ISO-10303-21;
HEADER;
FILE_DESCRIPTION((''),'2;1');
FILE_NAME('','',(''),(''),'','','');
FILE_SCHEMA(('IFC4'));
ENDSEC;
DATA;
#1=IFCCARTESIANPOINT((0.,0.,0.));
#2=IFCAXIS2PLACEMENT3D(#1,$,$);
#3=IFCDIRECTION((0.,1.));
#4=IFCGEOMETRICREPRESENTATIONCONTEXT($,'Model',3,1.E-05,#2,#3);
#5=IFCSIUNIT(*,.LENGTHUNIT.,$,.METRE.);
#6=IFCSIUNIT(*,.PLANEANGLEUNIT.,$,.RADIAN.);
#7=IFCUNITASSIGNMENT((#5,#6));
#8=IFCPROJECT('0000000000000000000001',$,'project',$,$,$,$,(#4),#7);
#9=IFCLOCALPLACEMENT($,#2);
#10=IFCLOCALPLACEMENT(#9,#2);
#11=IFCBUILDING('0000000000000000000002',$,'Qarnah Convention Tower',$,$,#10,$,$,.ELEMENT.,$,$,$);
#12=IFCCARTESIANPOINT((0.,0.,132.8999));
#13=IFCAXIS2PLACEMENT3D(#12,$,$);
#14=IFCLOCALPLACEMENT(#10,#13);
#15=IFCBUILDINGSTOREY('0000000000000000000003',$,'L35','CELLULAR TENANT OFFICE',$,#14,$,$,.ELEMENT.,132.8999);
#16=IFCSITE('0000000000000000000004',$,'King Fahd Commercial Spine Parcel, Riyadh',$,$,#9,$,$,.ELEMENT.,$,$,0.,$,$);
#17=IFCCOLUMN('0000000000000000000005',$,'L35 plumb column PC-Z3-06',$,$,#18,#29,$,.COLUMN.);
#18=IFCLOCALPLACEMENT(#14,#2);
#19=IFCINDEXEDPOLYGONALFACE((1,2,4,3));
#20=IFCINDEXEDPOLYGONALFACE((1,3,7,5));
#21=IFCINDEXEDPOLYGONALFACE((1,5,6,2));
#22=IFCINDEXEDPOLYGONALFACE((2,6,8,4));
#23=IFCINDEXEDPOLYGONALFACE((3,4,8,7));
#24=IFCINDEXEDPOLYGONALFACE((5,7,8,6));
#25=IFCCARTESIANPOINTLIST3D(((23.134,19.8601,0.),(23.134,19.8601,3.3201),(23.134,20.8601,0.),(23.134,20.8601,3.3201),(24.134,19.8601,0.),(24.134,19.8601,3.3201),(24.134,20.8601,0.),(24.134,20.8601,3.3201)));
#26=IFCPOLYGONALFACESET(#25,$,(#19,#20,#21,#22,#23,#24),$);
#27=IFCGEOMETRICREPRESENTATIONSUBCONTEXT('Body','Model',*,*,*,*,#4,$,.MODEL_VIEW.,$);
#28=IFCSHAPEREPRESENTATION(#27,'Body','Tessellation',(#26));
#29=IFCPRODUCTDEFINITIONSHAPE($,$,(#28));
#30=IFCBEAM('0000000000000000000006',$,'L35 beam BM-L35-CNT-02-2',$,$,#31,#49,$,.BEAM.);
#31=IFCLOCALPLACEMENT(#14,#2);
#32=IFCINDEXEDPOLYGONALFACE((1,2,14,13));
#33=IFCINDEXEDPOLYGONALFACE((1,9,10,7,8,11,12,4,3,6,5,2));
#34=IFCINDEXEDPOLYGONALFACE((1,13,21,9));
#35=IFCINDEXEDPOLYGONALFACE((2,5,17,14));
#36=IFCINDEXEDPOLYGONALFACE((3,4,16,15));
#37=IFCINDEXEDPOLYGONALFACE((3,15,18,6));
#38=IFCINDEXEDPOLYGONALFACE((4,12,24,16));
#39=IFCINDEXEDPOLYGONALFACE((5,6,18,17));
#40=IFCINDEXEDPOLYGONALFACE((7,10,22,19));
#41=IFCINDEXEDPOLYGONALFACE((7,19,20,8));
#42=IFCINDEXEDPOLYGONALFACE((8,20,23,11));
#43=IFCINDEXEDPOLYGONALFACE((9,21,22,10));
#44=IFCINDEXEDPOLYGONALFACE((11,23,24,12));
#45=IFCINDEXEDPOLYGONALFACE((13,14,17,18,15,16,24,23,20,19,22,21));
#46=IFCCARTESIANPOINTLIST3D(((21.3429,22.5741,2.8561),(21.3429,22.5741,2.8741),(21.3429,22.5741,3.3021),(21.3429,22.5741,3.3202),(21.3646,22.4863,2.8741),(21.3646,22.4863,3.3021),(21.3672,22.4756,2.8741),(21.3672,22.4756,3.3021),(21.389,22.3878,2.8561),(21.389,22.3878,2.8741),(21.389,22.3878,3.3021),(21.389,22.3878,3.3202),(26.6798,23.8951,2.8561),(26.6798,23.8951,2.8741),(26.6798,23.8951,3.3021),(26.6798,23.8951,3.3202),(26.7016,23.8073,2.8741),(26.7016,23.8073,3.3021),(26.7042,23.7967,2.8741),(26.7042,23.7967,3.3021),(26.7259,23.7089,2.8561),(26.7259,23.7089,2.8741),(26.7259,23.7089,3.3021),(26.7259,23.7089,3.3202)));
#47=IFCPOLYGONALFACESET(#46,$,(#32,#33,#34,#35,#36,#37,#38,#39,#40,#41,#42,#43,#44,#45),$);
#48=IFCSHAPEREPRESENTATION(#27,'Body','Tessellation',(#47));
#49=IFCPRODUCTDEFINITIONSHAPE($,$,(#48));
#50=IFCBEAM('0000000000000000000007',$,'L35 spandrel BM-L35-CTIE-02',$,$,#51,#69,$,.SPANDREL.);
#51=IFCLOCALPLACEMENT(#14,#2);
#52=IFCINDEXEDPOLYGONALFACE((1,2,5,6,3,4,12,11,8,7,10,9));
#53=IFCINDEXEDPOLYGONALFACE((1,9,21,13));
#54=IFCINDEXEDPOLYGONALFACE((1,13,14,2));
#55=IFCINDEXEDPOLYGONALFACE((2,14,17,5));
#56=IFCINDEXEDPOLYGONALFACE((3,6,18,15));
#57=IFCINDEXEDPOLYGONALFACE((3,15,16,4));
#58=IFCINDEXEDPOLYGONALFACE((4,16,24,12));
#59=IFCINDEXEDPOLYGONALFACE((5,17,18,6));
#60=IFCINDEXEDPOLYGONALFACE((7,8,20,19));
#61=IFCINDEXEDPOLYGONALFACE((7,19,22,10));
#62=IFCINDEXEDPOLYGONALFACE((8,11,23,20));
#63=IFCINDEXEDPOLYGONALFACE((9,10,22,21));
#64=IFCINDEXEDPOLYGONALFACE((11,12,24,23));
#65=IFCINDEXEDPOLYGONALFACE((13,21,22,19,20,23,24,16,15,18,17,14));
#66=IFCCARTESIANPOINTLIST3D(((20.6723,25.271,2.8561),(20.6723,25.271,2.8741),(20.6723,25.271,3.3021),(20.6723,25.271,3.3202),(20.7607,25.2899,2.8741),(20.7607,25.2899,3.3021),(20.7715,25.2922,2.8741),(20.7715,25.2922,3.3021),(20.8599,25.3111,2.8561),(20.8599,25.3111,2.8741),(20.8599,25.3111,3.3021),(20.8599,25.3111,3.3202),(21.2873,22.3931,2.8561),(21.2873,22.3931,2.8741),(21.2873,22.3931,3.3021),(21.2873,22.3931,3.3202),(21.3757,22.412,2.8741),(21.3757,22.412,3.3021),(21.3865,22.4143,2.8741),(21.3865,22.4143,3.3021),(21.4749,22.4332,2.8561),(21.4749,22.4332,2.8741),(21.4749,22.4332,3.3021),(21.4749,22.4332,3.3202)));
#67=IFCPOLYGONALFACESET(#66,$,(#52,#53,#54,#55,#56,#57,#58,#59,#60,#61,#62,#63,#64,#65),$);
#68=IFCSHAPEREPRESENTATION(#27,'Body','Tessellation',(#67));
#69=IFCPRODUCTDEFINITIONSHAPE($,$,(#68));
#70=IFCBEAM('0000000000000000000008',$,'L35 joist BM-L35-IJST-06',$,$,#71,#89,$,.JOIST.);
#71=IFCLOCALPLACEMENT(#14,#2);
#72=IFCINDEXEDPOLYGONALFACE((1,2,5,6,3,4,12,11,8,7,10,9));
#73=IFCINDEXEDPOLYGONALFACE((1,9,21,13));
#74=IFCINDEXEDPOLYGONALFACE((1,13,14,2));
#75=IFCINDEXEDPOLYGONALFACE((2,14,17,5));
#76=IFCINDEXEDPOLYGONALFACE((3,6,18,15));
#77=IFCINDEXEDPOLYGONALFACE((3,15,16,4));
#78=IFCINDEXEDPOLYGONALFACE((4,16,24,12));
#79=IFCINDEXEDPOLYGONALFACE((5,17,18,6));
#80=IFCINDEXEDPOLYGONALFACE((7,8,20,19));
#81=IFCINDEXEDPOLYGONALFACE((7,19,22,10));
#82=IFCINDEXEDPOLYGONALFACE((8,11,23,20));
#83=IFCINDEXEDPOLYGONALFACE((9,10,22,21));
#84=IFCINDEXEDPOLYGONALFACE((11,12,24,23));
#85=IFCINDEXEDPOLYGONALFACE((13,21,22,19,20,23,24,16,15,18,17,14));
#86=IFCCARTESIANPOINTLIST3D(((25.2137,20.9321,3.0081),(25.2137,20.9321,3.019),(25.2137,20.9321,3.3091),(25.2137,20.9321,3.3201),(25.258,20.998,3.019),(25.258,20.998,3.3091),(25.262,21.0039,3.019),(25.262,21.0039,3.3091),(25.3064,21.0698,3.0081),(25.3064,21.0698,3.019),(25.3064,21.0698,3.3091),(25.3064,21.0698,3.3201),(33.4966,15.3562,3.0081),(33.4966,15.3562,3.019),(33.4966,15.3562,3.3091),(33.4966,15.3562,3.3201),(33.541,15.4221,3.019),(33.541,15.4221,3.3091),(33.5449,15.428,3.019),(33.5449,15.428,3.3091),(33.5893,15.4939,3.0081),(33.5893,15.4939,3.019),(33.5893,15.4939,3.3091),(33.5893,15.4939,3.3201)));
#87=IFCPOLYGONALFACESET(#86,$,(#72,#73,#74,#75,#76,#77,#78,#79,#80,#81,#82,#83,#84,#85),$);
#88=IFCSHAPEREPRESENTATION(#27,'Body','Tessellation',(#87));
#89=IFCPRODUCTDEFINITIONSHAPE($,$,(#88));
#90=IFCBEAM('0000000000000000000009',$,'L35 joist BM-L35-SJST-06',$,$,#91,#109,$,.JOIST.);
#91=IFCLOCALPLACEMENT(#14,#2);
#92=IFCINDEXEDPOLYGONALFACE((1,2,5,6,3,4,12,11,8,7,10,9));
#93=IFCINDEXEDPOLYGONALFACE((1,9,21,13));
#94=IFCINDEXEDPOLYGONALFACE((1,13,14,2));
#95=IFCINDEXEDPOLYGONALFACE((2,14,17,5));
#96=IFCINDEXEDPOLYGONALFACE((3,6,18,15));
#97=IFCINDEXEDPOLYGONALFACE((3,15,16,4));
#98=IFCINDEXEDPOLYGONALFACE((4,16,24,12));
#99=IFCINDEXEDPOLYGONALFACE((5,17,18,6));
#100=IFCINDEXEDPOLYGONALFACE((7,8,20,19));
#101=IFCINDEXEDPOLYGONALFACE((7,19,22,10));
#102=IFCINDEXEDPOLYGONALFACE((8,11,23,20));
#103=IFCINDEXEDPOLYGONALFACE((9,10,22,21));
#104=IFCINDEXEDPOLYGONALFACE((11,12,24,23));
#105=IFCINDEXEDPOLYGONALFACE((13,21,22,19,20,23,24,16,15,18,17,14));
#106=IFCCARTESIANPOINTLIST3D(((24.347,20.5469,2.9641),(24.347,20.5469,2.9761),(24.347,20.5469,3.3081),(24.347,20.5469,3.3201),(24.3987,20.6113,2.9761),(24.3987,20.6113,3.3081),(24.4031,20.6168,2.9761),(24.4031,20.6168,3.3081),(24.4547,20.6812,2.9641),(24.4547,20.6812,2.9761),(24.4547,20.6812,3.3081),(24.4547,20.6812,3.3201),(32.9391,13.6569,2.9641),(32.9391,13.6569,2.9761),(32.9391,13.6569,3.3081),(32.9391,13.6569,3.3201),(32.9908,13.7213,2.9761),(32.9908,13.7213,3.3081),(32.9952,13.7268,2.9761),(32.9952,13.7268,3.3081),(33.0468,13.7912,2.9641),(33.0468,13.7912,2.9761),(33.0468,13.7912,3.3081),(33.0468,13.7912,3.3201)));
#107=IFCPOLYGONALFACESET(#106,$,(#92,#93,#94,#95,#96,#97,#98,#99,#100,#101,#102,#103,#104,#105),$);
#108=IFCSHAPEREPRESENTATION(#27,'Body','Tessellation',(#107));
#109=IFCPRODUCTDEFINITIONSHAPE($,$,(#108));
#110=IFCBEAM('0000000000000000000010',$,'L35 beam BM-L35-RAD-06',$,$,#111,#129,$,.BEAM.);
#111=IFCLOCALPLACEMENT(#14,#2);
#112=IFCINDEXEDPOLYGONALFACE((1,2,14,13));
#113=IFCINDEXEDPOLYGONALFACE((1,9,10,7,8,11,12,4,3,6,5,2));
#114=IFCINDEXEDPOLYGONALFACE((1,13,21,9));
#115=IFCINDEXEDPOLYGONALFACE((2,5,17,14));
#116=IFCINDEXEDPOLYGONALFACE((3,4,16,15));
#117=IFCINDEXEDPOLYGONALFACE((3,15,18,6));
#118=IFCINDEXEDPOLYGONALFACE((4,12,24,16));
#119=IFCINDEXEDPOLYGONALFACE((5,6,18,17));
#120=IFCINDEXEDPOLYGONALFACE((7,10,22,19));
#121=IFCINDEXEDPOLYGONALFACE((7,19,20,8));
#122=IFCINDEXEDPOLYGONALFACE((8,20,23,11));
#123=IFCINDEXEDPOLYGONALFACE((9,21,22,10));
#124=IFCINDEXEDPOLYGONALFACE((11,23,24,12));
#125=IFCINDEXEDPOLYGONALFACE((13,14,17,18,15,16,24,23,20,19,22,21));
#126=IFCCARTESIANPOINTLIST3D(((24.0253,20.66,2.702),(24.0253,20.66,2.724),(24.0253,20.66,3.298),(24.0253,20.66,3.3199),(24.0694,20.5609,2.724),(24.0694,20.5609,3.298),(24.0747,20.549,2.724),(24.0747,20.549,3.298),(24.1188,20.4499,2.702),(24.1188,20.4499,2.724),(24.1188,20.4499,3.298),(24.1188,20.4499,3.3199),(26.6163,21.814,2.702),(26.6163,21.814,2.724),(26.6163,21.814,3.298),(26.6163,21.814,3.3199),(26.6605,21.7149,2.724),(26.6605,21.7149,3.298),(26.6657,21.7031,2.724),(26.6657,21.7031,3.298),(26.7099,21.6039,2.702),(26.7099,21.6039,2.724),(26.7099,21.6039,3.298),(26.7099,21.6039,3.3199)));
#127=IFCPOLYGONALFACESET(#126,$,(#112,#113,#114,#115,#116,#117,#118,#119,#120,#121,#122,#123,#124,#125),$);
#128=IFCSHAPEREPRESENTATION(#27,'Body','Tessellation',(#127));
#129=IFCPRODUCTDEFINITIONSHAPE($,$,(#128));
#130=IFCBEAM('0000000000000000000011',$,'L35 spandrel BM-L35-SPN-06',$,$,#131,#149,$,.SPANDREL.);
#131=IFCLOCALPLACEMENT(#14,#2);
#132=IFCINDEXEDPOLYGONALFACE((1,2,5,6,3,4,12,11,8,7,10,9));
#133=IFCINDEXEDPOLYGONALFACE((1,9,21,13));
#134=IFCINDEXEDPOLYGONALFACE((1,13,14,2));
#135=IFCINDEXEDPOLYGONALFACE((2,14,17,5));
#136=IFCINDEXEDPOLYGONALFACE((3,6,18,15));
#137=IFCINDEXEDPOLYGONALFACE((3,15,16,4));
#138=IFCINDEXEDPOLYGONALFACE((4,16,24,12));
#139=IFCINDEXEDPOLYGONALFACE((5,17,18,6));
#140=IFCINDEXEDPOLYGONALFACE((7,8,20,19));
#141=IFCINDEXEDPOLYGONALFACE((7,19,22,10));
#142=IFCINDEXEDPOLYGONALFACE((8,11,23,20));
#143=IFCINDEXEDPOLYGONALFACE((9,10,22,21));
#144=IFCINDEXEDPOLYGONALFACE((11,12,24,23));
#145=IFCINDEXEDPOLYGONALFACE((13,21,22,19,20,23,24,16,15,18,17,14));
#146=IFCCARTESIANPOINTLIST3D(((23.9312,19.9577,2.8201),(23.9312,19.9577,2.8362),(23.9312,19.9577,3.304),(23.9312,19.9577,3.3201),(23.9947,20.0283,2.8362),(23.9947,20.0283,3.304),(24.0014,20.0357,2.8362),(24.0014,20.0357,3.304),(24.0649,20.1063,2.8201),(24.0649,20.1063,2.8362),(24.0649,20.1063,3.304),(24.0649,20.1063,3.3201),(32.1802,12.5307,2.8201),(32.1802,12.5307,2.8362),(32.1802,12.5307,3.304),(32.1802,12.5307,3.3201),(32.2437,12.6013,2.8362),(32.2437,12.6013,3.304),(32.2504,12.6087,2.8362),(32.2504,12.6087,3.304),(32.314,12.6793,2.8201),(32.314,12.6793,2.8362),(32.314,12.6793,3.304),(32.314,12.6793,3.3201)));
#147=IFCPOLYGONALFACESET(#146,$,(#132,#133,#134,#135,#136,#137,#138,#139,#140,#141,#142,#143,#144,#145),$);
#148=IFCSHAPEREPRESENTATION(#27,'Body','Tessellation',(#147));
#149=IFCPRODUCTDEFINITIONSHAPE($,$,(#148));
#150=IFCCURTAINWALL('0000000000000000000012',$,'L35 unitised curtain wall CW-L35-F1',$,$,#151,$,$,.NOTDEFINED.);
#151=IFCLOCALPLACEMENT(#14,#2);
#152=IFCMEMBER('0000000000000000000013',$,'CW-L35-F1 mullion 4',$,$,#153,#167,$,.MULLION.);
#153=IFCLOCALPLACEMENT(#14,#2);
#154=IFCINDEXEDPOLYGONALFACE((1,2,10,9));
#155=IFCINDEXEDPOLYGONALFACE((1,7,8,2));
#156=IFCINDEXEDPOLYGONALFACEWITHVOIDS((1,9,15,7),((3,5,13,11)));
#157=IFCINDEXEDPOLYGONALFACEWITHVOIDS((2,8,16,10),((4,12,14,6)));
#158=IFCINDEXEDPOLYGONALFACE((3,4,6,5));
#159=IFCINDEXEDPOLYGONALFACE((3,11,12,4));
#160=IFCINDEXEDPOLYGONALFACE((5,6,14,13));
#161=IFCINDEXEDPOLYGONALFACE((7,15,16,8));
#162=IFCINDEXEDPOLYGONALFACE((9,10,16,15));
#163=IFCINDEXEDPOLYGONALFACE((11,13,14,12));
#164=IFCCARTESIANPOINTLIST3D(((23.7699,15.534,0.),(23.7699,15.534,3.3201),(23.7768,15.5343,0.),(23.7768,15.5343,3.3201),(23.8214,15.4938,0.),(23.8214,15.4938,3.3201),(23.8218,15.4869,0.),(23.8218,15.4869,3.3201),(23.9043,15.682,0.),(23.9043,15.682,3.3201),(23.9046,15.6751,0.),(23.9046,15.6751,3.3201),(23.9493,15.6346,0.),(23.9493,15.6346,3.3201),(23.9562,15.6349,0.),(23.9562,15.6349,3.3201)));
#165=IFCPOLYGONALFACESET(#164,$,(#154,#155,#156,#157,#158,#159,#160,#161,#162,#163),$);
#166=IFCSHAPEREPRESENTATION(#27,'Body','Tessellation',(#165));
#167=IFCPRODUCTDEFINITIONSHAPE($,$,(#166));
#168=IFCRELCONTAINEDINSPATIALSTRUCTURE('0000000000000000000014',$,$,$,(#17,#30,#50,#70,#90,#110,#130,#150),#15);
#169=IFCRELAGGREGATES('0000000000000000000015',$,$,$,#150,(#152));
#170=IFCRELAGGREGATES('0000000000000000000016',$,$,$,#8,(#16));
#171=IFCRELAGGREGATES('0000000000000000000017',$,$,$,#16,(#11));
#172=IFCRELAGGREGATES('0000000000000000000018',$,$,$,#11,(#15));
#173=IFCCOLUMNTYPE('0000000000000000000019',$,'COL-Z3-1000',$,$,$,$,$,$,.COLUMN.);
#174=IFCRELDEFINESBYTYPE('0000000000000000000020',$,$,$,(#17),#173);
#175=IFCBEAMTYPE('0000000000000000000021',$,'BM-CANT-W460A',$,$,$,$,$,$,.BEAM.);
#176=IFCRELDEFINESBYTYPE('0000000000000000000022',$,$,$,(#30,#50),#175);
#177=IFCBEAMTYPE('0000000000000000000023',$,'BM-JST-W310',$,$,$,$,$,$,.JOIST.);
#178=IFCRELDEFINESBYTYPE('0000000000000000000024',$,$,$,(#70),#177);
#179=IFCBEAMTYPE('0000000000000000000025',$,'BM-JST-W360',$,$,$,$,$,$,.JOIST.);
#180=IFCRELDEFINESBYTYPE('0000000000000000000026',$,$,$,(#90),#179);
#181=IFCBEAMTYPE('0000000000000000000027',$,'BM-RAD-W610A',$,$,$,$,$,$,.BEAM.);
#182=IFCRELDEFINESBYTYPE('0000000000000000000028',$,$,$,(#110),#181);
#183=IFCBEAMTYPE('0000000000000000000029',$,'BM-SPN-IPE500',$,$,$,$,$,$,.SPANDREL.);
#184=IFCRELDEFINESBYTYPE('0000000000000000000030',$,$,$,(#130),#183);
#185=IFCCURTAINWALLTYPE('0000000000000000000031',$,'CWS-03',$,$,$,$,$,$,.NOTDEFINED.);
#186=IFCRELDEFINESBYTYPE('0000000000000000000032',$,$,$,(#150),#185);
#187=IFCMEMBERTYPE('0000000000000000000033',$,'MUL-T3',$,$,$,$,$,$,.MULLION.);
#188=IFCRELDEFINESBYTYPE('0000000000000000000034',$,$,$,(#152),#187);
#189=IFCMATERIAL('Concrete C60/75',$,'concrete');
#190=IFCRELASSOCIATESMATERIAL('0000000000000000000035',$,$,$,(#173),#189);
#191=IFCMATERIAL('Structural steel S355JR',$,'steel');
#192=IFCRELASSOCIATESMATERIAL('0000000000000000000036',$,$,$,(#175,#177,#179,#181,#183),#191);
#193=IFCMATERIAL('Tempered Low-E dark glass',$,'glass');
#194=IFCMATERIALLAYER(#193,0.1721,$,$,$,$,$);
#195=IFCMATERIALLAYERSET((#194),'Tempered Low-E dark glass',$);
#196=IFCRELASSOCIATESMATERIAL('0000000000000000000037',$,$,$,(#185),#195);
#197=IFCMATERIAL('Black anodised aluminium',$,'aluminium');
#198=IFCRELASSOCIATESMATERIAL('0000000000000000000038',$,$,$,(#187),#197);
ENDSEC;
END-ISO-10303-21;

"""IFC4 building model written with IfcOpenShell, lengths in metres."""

from ifc_helpers import new_model, si_unit, direction, frame, origin, origin_2d, place, context, subcontext, project, spatial, rectangle, hollow_rectangle, i_section, extrude, material, layer, layer_set, material_profile, profile_set, type_object, element, aggregate, save


model = new_model("IFC4")

# Units and contexts
model_context = context("Model", 3, precision=1e-05, world=origin(), true_north=direction((0.0, 1.0)))
body_context = subcontext(model_context, "Body", "Model", "MODEL_VIEW")
ifc_project = project(units=[si_unit("LENGTHUNIT", "METRE"), si_unit("PLANEANGLEUNIT", "RADIAN")], contexts=[model_context])

# Site, building, storey
site_placement = place(None, origin())
site = spatial("IfcSite", under=ifc_project, at=site_placement, Name="King Fahd Commercial Spine Parcel, Riyadh", CompositionType="ELEMENT", RefElevation=0.0)
building_placement = place(site_placement, origin())
building = spatial("IfcBuilding", under=site, at=building_placement, Name="Qarnah Convention Tower", CompositionType="ELEMENT")
storey_placement = place(building_placement, frame((0.0, 0.0, 132.8999)))
storey = spatial("IfcBuildingStorey", under=building, at=storey_placement, Name="L35", Description="CELLULAR TENANT OFFICE", CompositionType="ELEMENT", Elevation=132.8999)

# Column
ifc_material_1 = material(Name="Concrete C60/75", Category="concrete")
ifc_material_profile_1 = material_profile(ifc_material_1, rectangle(XDim=1.0, YDim=1.0, at=origin_2d()), Name="RC-COL-1000X1000")
ifc_profile_set_1 = profile_set([ifc_material_profile_1], Name="Concrete C60/75")
column_type = type_object("IfcColumnType", Name="COL-Z3-1000", PredefinedType="COLUMN", material=ifc_profile_set_1)
column_placement = place(storey_placement, frame((23.634, 20.3601, 0.0), z_axis=(0.0, 0.0, 1.0), x_axis=(1.0, 0.0, 0.0)))
element("IfcColumn", 1, at=column_placement, inside=storey, type_object=column_type, Name="L35 plumb column PC-Z3-06", PredefinedType="COLUMN", context=body_context, shape_type="SweptSolid", body=[
    extrude(rectangle(XDim=1.0, YDim=1.0, at=origin_2d()), origin(), (0.0, 0.0, 1.0), 3.3201),
])

# Beams
ifc_material_2 = material(Name="Structural steel S355JR", Category="steel")
ifc_material_profile_2 = material_profile(ifc_material_2, i_section(OverallWidth=0.1919, OverallDepth=0.4641, WebThickness=0.011, FlangeThickness=0.0181, at=origin_2d()), Name="W460X89")
ifc_profile_set_2 = profile_set([ifc_material_profile_2], Name="Structural steel S355JR")
beam_type_1 = type_object("IfcBeamType", Name="BM-CANT-W460A", PredefinedType="BEAM", material=ifc_profile_set_2)
beam_1_placement = place(storey_placement, frame((26.7029, 23.802, 3.0881), z_axis=(-0.970704, -0.240278, 0.0), x_axis=(0.240278, -0.970704, 0.0)))
element("IfcBeam", 2, at=beam_1_placement, inside=storey, type_object=beam_type_1, Name="L35 beam BM-L35-CNT-02-2", PredefinedType="BEAM", context=body_context, shape_type="SweptSolid", body=[
    extrude(i_section(OverallWidth=0.1919, OverallDepth=0.4641, WebThickness=0.011, FlangeThickness=0.0181, at=origin_2d()), origin(), (0.0, 0.0, 1.0), 5.498),
])
beam_2_placement = place(storey_placement, frame((20.7661, 25.291, 3.0881), z_axis=(0.208974, -0.977921, 0.0), x_axis=(0.977921, 0.208974, 0.0)))
element("IfcBeam", 3, at=beam_2_placement, inside=storey, type_object=beam_type_1, Name="L35 spandrel BM-L35-CTIE-02", PredefinedType="SPANDREL", context=body_context, shape_type="SweptSolid", body=[
    extrude(i_section(OverallWidth=0.1919, OverallDepth=0.4641, WebThickness=0.011, FlangeThickness=0.0181, at=origin_2d()), origin(), (0.0, 0.0, 1.0), 2.9429),
])
ifc_material_profile_3 = material_profile(ifc_material_2, i_section(OverallWidth=0.166, OverallDepth=0.312, WebThickness=0.0071, FlangeThickness=0.011, at=origin_2d()), Name="W310X45")
ifc_profile_set_3 = profile_set([ifc_material_profile_3], Name="Structural steel S355JR")
beam_type_2 = type_object("IfcBeamType", Name="BM-JST-W310", PredefinedType="JOIST", material=ifc_profile_set_3)
beam_3_placement = place(storey_placement, frame((25.26, 21.001, 3.1641), z_axis=(0.829548, -0.558436, 0.0), x_axis=(0.558436, 0.829548, 0.0)))
element("IfcBeam", 4, at=beam_3_placement, inside=storey, type_object=beam_type_2, Name="L35 joist BM-L35-IJST-06", PredefinedType="JOIST", context=body_context, shape_type="SweptSolid", body=[
    extrude(i_section(OverallWidth=0.166, OverallDepth=0.312, WebThickness=0.0071, FlangeThickness=0.011, at=origin_2d()), origin(), (0.0, 0.0, 1.0), 9.9849),
])
ifc_material_profile_4 = material_profile(ifc_material_2, i_section(OverallWidth=0.1721, OverallDepth=0.356, WebThickness=0.0071, FlangeThickness=0.012, at=origin_2d()), Name="W360X51")
ifc_profile_set_4 = profile_set([ifc_material_profile_4], Name="Structural steel S355JR")
beam_type_3 = type_object("IfcBeamType", Name="BM-JST-W360", PredefinedType="JOIST", material=ifc_profile_set_4)
beam_4_placement = place(storey_placement, frame((24.4009, 20.614, 3.1421), z_axis=(0.780148, -0.625595, 0.0), x_axis=(0.625595, 0.780148, 0.0)))
element("IfcBeam", 5, at=beam_4_placement, inside=storey, type_object=beam_type_3, Name="L35 joist BM-L35-SJST-06", PredefinedType="JOIST", context=body_context, shape_type="SweptSolid", body=[
    extrude(i_section(OverallWidth=0.1721, OverallDepth=0.356, WebThickness=0.0071, FlangeThickness=0.012, at=origin_2d()), origin(), (0.0, 0.0, 1.0), 11.0134),
])
ifc_material_profile_5 = material_profile(ifc_material_2, i_section(OverallWidth=0.23, OverallDepth=0.6179, WebThickness=0.0129, FlangeThickness=0.022, at=origin_2d()), Name="W610X140")
ifc_profile_set_5 = profile_set([ifc_material_profile_5], Name="Structural steel S355JR")
beam_type_4 = type_object("IfcBeamType", Name="BM-RAD-W610A", PredefinedType="BEAM", material=ifc_profile_set_5)
beam_5_placement = place(storey_placement, frame((26.6631, 21.709, 3.011), z_axis=(-0.913488, -0.406865, 0.0), x_axis=(0.406865, -0.913488, 0.0)))
element("IfcBeam", 6, at=beam_5_placement, inside=storey, type_object=beam_type_4, Name="L35 beam BM-L35-RAD-06", PredefinedType="BEAM", context=body_context, shape_type="SweptSolid", body=[
    extrude(i_section(OverallWidth=0.23, OverallDepth=0.6179, WebThickness=0.0129, FlangeThickness=0.022, at=origin_2d()), origin(), (0.0, 0.0, 1.0), 2.8364),
])
ifc_material_profile_6 = material_profile(ifc_material_2, i_section(OverallWidth=0.2, OverallDepth=0.5, WebThickness=0.01, FlangeThickness=0.0161, at=origin_2d()), Name="IPE500")
ifc_profile_set_6 = profile_set([ifc_material_profile_6], Name="Structural steel S355JR")
beam_type_5 = type_object("IfcBeamType", Name="BM-SPN-IPE500", PredefinedType="SPANDREL", material=ifc_profile_set_6)
beam_6_placement = place(storey_placement, frame((23.998, 20.032, 3.0701), z_axis=(0.743165, -0.669108, 0.0), x_axis=(0.669108, 0.743165, 0.0)))
element("IfcBeam", 7, at=beam_6_placement, inside=storey, type_object=beam_type_5, Name="L35 spandrel BM-L35-SPN-06", PredefinedType="SPANDREL", context=body_context, shape_type="SweptSolid", body=[
    extrude(i_section(OverallWidth=0.2, OverallDepth=0.5, WebThickness=0.01, FlangeThickness=0.0161, at=origin_2d()), origin(), (0.0, 0.0, 1.0), 11.0999),
])

# Curtain wall, member
ifc_material_3 = material(Name="Tempered Low-E dark glass", Category="glass")
ifc_layer_1 = layer(ifc_material_3, 0.1721)
ifc_layer_set_1 = layer_set([ifc_layer_1], Name="Tempered Low-E dark glass")
curtain_wall_type = type_object("IfcCurtainWallType", Name="CWS-03", PredefinedType="NOTDEFINED", material=ifc_layer_set_1)
curtain_wall_placement = place(storey_placement, origin())
curtain_wall = element("IfcCurtainWall", 8, at=curtain_wall_placement, inside=storey, type_object=curtain_wall_type, Name="L35 unitised curtain wall CW-L35-F1", PredefinedType="NOTDEFINED")
ifc_material_4 = material(Name="Black anodised aluminium", Category="aluminium")
ifc_material_profile_7 = material_profile(ifc_material_4, hollow_rectangle(XDim=0.0701, YDim=0.2, WallThickness=0.0049, at=origin_2d()), Name="MUL-70X200")
ifc_profile_set_7 = profile_set([ifc_material_profile_7], Name="Black anodised aluminium")
member_type = type_object("IfcMemberType", Name="MUL-T3", PredefinedType="MULLION", material=ifc_profile_set_7)
member_1_placement = place(storey_placement, frame((23.863, 15.5845, 0.0), z_axis=(0.0, 0.0, 1.0), x_axis=(-0.740352, 0.672219, 0.0)))
member_1 = element("IfcMember", 9, at=member_1_placement, type_object=member_type, Name="CW-L35-F1 mullion 4", PredefinedType="MULLION", context=body_context, shape_type="SweptSolid", body=[
    extrude(hollow_rectangle(XDim=0.0701, YDim=0.2, WallThickness=0.0049, at=origin_2d()), origin(), (0.0, 0.0, 1.0), 3.3201),
])
aggregate(curtain_wall, [member_1])

save(model, "model.ifc")
